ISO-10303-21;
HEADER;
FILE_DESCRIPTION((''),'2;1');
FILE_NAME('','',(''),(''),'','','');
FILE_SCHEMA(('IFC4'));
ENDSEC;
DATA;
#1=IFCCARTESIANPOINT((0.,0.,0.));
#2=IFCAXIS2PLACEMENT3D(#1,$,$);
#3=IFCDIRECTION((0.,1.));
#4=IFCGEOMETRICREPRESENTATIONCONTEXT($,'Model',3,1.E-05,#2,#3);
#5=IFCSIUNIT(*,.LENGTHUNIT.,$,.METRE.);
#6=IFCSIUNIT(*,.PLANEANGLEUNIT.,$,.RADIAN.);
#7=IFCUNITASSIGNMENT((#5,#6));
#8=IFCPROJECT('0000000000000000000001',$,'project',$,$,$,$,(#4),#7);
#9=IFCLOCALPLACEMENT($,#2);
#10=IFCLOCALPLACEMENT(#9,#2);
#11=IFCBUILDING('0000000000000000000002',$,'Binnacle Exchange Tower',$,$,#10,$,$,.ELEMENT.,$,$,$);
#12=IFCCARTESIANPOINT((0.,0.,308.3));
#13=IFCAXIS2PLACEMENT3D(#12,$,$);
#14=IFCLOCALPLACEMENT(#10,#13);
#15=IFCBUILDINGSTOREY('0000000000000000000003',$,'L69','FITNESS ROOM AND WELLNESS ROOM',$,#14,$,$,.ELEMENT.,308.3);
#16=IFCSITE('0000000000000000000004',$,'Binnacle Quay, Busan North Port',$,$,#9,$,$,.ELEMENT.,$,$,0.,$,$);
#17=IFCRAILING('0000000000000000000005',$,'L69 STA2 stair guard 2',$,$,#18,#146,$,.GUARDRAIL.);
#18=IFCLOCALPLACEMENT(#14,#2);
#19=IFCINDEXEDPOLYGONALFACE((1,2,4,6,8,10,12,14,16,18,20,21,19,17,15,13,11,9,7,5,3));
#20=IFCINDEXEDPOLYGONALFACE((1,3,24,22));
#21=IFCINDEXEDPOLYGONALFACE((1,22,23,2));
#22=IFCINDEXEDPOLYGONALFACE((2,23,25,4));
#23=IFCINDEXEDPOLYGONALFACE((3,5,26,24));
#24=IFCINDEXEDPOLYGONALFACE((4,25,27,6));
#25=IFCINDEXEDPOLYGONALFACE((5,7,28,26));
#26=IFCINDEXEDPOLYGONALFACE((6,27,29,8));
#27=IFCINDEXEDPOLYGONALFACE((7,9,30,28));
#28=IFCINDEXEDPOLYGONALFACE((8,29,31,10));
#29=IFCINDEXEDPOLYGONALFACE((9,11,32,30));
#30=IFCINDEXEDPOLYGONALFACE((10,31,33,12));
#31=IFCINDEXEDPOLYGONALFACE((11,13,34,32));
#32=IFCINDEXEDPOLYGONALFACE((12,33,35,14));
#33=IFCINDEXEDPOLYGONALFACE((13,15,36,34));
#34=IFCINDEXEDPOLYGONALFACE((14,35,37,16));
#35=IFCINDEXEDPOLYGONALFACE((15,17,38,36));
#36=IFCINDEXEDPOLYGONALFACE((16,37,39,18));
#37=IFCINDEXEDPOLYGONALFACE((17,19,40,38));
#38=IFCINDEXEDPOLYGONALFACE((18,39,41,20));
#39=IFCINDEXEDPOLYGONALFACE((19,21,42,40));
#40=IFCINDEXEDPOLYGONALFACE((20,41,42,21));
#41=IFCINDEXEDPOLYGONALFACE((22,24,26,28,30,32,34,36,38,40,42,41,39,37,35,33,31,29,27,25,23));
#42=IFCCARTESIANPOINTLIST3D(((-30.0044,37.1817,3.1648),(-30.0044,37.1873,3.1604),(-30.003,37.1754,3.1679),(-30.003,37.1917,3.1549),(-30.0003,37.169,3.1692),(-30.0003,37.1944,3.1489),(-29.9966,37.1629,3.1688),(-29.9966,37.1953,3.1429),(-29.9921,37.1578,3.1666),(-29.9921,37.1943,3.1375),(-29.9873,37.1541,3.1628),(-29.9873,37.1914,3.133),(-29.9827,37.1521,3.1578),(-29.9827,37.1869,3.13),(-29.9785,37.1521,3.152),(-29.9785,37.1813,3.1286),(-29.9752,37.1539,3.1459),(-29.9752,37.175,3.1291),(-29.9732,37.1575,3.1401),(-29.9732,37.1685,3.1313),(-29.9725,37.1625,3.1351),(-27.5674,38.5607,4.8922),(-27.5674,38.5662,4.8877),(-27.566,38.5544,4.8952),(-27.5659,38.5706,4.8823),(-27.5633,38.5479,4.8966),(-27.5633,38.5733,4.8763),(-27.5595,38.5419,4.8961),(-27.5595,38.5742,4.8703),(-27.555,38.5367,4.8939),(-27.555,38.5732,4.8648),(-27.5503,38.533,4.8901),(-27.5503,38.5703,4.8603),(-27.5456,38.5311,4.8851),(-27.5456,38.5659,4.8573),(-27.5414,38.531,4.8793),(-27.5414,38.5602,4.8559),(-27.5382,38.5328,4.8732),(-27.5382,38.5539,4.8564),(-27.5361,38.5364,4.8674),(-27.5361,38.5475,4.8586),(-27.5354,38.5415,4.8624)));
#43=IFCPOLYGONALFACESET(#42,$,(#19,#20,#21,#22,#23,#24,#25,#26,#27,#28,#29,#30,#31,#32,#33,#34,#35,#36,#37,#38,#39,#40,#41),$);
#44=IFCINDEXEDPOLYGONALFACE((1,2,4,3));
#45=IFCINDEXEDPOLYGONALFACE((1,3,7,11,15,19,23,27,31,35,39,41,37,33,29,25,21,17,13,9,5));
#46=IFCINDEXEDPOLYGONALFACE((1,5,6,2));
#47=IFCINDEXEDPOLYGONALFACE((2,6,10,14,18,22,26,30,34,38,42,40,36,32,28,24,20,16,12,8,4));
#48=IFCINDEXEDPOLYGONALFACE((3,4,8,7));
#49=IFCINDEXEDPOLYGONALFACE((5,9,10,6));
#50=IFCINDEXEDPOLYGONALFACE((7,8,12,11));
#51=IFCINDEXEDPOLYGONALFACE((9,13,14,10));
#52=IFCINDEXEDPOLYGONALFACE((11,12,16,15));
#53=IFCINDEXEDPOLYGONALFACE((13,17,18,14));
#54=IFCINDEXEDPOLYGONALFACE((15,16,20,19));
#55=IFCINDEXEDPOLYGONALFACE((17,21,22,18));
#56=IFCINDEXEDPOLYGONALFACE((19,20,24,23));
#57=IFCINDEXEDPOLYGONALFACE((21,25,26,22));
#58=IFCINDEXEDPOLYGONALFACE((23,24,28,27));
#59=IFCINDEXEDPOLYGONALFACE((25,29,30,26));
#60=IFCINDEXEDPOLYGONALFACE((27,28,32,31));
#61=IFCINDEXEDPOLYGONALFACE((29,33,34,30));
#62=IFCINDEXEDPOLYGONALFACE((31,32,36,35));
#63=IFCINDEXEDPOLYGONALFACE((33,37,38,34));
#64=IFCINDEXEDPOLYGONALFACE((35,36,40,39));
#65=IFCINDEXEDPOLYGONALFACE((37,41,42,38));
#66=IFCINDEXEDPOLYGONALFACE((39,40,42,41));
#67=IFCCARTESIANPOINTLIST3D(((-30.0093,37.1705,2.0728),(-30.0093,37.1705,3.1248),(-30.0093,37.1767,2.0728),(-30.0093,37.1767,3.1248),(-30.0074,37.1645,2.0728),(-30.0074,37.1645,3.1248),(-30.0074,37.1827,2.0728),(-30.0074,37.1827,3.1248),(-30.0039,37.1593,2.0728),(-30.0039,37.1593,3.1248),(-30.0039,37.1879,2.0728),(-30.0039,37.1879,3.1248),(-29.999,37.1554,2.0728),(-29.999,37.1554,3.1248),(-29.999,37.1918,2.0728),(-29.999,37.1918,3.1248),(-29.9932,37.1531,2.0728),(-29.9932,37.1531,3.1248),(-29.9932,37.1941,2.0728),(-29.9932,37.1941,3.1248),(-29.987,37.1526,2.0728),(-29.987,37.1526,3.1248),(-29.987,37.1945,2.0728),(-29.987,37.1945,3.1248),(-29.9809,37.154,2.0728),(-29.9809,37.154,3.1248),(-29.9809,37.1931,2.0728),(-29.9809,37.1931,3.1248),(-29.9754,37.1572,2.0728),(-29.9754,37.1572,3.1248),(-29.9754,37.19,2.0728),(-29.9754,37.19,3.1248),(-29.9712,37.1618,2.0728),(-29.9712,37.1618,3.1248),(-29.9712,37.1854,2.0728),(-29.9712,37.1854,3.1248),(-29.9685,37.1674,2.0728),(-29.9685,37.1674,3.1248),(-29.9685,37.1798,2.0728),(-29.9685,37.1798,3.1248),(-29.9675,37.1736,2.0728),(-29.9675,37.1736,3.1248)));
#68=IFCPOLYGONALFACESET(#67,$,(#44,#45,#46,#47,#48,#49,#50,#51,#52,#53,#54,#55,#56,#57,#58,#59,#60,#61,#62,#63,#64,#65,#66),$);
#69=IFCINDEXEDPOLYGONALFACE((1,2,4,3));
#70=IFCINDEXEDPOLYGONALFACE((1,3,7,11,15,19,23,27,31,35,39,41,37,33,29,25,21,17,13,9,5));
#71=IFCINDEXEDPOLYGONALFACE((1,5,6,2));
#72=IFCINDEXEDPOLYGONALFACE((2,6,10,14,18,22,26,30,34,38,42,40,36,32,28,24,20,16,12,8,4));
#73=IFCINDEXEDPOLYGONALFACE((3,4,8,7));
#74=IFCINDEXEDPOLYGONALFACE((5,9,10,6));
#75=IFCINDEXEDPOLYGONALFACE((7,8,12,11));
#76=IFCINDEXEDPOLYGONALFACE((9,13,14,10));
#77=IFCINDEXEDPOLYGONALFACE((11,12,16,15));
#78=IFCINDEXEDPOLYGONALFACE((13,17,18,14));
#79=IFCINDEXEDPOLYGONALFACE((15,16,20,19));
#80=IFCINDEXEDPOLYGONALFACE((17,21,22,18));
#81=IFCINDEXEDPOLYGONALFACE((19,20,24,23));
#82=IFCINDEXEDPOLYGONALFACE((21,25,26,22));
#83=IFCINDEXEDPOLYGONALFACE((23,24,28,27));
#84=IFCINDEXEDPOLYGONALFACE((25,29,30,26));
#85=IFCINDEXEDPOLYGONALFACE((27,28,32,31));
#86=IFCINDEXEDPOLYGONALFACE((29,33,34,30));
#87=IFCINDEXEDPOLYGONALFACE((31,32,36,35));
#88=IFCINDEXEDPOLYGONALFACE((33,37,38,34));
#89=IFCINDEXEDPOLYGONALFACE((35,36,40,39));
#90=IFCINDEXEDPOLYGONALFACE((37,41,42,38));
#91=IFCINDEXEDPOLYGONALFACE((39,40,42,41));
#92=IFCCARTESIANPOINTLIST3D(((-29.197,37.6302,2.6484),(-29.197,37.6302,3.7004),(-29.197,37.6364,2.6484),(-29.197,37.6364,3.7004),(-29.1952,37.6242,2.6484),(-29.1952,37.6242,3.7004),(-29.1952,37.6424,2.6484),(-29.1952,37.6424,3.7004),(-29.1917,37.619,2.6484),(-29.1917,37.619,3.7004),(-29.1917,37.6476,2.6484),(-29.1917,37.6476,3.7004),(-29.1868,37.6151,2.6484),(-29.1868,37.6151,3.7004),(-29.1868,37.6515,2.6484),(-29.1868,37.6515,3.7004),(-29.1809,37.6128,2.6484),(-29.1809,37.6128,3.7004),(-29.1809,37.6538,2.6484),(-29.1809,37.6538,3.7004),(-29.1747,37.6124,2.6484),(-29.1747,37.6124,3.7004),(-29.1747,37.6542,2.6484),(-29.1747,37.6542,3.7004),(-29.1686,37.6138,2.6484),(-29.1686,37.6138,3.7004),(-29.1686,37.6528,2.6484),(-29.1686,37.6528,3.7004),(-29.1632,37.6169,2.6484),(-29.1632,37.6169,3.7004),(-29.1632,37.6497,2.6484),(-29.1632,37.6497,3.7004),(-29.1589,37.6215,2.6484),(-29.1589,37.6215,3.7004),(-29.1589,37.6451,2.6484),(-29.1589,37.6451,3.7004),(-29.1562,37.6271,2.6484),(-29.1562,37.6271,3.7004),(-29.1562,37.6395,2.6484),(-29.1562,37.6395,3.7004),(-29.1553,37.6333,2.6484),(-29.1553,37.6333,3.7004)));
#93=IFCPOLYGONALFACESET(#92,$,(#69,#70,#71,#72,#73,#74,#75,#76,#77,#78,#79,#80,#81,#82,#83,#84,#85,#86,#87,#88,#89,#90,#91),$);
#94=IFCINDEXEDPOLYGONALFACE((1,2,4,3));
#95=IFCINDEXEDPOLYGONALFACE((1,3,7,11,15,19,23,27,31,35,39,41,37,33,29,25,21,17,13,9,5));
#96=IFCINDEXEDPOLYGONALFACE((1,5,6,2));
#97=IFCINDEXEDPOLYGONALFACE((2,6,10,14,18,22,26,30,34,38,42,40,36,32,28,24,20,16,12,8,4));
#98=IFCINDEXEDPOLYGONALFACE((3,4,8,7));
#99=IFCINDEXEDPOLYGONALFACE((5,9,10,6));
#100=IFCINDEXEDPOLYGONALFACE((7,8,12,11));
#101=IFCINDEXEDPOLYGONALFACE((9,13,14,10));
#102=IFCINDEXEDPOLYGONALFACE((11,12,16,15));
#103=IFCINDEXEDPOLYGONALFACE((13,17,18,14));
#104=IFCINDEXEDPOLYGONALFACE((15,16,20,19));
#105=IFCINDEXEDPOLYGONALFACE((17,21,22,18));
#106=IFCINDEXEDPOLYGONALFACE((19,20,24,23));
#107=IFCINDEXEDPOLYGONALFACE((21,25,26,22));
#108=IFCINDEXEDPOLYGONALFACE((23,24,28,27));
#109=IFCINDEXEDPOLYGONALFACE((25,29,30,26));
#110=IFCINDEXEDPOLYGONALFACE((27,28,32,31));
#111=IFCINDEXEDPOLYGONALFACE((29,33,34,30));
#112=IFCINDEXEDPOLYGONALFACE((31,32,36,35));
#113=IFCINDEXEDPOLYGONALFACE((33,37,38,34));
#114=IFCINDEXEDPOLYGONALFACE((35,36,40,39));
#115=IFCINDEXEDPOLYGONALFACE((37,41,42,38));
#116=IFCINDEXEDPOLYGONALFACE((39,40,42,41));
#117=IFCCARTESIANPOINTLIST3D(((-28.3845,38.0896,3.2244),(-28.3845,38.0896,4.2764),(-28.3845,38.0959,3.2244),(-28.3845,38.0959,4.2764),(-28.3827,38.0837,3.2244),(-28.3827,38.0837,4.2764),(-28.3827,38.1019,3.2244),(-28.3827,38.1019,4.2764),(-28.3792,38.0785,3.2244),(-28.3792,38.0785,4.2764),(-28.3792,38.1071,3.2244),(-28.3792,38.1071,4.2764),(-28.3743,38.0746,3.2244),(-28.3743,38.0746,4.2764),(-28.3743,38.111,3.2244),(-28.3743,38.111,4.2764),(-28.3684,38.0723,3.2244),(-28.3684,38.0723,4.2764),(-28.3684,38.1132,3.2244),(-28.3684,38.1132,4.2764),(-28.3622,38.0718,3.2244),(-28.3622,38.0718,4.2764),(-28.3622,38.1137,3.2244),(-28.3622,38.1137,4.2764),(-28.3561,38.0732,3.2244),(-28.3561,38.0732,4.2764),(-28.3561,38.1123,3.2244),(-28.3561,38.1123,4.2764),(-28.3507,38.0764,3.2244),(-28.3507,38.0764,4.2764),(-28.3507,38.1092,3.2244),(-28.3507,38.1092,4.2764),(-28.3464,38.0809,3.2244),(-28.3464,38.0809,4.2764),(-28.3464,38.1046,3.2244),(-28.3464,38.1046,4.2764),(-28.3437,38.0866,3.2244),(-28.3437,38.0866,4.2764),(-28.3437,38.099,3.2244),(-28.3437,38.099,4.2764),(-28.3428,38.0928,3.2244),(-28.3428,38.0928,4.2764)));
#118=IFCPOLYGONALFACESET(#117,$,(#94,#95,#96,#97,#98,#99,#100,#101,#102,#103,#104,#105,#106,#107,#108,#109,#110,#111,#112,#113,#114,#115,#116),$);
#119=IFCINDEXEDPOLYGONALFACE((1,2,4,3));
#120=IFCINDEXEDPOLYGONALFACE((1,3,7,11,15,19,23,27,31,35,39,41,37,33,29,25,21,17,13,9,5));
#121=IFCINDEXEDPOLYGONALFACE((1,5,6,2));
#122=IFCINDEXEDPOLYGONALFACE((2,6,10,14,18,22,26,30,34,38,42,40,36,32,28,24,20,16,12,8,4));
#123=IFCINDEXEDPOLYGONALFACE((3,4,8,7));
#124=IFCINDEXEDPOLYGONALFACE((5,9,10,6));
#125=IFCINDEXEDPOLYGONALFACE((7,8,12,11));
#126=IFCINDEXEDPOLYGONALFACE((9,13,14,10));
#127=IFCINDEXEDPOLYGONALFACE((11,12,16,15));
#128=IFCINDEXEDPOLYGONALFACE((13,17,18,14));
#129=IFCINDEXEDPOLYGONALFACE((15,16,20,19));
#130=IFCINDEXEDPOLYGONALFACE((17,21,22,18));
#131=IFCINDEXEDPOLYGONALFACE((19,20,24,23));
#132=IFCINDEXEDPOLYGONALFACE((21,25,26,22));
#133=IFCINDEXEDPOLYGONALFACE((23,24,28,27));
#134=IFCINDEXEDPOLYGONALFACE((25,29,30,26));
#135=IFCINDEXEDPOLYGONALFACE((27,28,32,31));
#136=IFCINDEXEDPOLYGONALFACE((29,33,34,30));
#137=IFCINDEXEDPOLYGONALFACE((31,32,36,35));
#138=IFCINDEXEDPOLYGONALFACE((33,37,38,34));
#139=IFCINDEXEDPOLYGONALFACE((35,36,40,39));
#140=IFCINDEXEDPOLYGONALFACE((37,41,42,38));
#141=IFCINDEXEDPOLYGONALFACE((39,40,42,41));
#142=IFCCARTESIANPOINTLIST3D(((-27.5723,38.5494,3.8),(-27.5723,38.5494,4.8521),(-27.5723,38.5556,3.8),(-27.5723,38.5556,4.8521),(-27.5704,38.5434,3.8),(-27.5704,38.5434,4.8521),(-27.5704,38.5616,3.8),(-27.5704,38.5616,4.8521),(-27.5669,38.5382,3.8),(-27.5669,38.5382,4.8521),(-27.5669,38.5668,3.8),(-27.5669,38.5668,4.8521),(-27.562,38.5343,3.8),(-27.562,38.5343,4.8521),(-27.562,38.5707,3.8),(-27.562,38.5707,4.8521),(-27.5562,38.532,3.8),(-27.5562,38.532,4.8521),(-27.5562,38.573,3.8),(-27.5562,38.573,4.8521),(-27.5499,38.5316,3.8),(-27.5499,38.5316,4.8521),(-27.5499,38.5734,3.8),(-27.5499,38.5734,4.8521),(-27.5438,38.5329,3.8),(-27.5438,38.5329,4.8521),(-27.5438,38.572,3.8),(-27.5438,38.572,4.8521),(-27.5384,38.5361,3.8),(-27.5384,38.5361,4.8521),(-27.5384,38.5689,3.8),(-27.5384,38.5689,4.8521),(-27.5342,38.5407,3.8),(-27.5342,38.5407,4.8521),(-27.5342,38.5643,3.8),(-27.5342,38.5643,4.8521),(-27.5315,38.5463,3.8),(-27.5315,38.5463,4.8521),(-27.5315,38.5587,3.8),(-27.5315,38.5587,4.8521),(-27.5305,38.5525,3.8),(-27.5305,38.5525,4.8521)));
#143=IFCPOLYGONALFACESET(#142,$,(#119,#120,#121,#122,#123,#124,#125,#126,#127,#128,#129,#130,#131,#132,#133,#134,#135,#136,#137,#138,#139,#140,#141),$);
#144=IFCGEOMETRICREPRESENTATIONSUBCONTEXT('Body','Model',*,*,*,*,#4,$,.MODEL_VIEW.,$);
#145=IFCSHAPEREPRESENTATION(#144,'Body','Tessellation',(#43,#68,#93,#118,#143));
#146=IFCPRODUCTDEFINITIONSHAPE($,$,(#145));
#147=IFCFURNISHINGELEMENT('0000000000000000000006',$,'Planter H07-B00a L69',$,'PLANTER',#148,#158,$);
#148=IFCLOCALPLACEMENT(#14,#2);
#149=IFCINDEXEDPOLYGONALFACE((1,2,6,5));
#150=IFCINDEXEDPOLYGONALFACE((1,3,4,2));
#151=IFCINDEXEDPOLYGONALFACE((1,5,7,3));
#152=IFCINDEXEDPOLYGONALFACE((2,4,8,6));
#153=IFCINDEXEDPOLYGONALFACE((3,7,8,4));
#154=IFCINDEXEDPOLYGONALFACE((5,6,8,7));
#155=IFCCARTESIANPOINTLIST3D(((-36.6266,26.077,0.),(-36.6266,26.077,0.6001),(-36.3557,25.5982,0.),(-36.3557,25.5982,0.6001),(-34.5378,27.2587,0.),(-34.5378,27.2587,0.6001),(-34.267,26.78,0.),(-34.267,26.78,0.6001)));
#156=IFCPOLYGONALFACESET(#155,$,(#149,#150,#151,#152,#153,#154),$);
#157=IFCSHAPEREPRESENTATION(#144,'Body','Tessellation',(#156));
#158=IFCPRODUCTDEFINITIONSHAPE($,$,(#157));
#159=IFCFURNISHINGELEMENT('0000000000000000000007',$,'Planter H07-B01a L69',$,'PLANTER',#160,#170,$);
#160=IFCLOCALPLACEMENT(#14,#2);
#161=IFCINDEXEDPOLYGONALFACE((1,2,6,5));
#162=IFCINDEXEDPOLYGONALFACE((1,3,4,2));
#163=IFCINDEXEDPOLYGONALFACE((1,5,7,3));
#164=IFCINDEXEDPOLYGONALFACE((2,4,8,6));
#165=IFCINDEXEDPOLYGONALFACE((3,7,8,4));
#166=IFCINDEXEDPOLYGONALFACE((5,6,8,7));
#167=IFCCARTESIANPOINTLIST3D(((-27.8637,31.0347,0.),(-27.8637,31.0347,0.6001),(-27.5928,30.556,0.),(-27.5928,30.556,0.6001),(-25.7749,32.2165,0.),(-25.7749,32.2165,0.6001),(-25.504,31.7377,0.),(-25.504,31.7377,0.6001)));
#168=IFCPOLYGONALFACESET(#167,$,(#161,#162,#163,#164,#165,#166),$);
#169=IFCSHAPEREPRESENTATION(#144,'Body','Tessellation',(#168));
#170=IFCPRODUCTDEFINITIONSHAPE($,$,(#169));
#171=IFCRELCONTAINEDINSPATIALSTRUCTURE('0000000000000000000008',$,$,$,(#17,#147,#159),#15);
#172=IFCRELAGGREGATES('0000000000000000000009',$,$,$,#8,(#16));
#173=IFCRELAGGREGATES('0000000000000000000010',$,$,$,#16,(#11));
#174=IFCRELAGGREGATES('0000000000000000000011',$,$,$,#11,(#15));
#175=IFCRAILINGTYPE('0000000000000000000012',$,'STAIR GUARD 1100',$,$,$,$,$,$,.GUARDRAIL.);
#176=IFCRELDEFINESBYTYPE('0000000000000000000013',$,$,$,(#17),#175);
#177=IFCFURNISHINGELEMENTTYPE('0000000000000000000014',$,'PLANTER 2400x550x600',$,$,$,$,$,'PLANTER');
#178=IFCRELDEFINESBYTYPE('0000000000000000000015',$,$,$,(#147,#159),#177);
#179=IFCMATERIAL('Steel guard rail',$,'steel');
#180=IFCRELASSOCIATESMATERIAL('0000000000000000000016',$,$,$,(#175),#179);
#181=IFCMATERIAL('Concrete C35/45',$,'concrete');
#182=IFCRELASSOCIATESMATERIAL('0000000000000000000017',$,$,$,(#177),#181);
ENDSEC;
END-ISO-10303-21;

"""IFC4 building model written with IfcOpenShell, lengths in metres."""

from ifc_helpers import new_model, si_unit, direction, frame, origin, origin_2d, place, context, subcontext, project, spatial, rectangle, circle, extrude, material, type_object, element, save


model = new_model("IFC4")

# Units and contexts
model_context = context("Model", 3, precision=1e-05, world=origin(), true_north=direction((0.0, 1.0)))
body_context = subcontext(model_context, "Body", "Model", "MODEL_VIEW")
ifc_project = project(units=[si_unit("LENGTHUNIT", "METRE"), si_unit("PLANEANGLEUNIT", "RADIAN")], contexts=[model_context])

# Site, building, storey
site_placement = place(None, origin())
site = spatial("IfcSite", under=ifc_project, at=site_placement, Name="Binnacle Quay, Busan North Port", CompositionType="ELEMENT", RefElevation=0.0)
building_placement = place(site_placement, origin())
building = spatial("IfcBuilding", under=site, at=building_placement, Name="Binnacle Exchange Tower", CompositionType="ELEMENT")
storey_placement = place(building_placement, frame((0.0, 0.0, 308.3)))
storey = spatial("IfcBuildingStorey", under=building, at=storey_placement, Name="L69", Description="FITNESS ROOM AND WELLNESS ROOM", CompositionType="ELEMENT", Elevation=308.3)

# Shared definitions
ifc_material_1 = material(Name="Concrete C35/45", Category="concrete")

# Railing
ifc_material_2 = material(Name="Steel guard rail", Category="steel")
railing_type_1 = type_object("IfcRailingType", Name="STAIR GUARD 1100", PredefinedType="GUARDRAIL", material=ifc_material_2)
railing_placement = place(storey_placement, frame((-29.9885, 37.1736, 2.0728)))
element("IfcRailing", 1, at=railing_placement, inside=storey, type_object=railing_type_1, Name="L69 STA2 stair guard 2", PredefinedType="GUARDRAIL", context=body_context, shape_type="SweptSolid", body=[
    extrude(circle(Radius=0.0239, at=origin_2d()), frame((0.0, 0.0, 1.0762), z_axis=(0.740738, 0.419123, 0.525017), x_axis=(-0.492454, 0.870339, 0.0)), (0.0, 0.0, 1.0), 3.29),
    extrude(circle(Radius=0.021, at=origin_2d()), origin(), (0.0, 0.0, 1.0), 1.052),
    extrude(circle(Radius=0.021, at=origin_2d()), frame((0.8123, 0.4597, 0.5757)), (0.0, 0.0, 1.0), 1.052),
    extrude(circle(Radius=0.021, at=origin_2d()), frame((1.6248, 0.9192, 1.1516)), (0.0, 0.0, 1.0), 1.052),
    extrude(circle(Radius=0.021, at=origin_2d()), frame((2.437, 1.3789, 1.7273)), (0.0, 0.0, 1.0), 1.052),
])

# Furnishing elements
furnishing_element_type = type_object("IfcFurnishingElementType", Name="PLANTER 2400x550x600", ElementType="PLANTER", material=ifc_material_1)
for number, where, z_axis, x_axis, name in (
    (2, (-35.4468, 26.4285, 0.0), (0.0, 0.0, 1.0), (0.870356, 0.492424, 0.0), "Planter H07-B00a L69"),
    (3, (-26.6838, 31.3862, 0.0), (0.0, 0.0, 1.0), (0.870356, 0.492424, 0.0), "Planter H07-B01a L69"),
):
    element("IfcFurnishingElement", number, at=place(storey_placement, frame(where, z_axis=z_axis, x_axis=x_axis)), inside=storey, type_object=furnishing_element_type, Name=name, ObjectType="PLANTER", context=body_context, shape_type="SweptSolid", body=[
        extrude(rectangle(XDim=2.3999, YDim=0.55, at=origin_2d()), origin(), (0.0, 0.0, 1.0), 0.6001),
    ])

save(model, "model.ifc")
